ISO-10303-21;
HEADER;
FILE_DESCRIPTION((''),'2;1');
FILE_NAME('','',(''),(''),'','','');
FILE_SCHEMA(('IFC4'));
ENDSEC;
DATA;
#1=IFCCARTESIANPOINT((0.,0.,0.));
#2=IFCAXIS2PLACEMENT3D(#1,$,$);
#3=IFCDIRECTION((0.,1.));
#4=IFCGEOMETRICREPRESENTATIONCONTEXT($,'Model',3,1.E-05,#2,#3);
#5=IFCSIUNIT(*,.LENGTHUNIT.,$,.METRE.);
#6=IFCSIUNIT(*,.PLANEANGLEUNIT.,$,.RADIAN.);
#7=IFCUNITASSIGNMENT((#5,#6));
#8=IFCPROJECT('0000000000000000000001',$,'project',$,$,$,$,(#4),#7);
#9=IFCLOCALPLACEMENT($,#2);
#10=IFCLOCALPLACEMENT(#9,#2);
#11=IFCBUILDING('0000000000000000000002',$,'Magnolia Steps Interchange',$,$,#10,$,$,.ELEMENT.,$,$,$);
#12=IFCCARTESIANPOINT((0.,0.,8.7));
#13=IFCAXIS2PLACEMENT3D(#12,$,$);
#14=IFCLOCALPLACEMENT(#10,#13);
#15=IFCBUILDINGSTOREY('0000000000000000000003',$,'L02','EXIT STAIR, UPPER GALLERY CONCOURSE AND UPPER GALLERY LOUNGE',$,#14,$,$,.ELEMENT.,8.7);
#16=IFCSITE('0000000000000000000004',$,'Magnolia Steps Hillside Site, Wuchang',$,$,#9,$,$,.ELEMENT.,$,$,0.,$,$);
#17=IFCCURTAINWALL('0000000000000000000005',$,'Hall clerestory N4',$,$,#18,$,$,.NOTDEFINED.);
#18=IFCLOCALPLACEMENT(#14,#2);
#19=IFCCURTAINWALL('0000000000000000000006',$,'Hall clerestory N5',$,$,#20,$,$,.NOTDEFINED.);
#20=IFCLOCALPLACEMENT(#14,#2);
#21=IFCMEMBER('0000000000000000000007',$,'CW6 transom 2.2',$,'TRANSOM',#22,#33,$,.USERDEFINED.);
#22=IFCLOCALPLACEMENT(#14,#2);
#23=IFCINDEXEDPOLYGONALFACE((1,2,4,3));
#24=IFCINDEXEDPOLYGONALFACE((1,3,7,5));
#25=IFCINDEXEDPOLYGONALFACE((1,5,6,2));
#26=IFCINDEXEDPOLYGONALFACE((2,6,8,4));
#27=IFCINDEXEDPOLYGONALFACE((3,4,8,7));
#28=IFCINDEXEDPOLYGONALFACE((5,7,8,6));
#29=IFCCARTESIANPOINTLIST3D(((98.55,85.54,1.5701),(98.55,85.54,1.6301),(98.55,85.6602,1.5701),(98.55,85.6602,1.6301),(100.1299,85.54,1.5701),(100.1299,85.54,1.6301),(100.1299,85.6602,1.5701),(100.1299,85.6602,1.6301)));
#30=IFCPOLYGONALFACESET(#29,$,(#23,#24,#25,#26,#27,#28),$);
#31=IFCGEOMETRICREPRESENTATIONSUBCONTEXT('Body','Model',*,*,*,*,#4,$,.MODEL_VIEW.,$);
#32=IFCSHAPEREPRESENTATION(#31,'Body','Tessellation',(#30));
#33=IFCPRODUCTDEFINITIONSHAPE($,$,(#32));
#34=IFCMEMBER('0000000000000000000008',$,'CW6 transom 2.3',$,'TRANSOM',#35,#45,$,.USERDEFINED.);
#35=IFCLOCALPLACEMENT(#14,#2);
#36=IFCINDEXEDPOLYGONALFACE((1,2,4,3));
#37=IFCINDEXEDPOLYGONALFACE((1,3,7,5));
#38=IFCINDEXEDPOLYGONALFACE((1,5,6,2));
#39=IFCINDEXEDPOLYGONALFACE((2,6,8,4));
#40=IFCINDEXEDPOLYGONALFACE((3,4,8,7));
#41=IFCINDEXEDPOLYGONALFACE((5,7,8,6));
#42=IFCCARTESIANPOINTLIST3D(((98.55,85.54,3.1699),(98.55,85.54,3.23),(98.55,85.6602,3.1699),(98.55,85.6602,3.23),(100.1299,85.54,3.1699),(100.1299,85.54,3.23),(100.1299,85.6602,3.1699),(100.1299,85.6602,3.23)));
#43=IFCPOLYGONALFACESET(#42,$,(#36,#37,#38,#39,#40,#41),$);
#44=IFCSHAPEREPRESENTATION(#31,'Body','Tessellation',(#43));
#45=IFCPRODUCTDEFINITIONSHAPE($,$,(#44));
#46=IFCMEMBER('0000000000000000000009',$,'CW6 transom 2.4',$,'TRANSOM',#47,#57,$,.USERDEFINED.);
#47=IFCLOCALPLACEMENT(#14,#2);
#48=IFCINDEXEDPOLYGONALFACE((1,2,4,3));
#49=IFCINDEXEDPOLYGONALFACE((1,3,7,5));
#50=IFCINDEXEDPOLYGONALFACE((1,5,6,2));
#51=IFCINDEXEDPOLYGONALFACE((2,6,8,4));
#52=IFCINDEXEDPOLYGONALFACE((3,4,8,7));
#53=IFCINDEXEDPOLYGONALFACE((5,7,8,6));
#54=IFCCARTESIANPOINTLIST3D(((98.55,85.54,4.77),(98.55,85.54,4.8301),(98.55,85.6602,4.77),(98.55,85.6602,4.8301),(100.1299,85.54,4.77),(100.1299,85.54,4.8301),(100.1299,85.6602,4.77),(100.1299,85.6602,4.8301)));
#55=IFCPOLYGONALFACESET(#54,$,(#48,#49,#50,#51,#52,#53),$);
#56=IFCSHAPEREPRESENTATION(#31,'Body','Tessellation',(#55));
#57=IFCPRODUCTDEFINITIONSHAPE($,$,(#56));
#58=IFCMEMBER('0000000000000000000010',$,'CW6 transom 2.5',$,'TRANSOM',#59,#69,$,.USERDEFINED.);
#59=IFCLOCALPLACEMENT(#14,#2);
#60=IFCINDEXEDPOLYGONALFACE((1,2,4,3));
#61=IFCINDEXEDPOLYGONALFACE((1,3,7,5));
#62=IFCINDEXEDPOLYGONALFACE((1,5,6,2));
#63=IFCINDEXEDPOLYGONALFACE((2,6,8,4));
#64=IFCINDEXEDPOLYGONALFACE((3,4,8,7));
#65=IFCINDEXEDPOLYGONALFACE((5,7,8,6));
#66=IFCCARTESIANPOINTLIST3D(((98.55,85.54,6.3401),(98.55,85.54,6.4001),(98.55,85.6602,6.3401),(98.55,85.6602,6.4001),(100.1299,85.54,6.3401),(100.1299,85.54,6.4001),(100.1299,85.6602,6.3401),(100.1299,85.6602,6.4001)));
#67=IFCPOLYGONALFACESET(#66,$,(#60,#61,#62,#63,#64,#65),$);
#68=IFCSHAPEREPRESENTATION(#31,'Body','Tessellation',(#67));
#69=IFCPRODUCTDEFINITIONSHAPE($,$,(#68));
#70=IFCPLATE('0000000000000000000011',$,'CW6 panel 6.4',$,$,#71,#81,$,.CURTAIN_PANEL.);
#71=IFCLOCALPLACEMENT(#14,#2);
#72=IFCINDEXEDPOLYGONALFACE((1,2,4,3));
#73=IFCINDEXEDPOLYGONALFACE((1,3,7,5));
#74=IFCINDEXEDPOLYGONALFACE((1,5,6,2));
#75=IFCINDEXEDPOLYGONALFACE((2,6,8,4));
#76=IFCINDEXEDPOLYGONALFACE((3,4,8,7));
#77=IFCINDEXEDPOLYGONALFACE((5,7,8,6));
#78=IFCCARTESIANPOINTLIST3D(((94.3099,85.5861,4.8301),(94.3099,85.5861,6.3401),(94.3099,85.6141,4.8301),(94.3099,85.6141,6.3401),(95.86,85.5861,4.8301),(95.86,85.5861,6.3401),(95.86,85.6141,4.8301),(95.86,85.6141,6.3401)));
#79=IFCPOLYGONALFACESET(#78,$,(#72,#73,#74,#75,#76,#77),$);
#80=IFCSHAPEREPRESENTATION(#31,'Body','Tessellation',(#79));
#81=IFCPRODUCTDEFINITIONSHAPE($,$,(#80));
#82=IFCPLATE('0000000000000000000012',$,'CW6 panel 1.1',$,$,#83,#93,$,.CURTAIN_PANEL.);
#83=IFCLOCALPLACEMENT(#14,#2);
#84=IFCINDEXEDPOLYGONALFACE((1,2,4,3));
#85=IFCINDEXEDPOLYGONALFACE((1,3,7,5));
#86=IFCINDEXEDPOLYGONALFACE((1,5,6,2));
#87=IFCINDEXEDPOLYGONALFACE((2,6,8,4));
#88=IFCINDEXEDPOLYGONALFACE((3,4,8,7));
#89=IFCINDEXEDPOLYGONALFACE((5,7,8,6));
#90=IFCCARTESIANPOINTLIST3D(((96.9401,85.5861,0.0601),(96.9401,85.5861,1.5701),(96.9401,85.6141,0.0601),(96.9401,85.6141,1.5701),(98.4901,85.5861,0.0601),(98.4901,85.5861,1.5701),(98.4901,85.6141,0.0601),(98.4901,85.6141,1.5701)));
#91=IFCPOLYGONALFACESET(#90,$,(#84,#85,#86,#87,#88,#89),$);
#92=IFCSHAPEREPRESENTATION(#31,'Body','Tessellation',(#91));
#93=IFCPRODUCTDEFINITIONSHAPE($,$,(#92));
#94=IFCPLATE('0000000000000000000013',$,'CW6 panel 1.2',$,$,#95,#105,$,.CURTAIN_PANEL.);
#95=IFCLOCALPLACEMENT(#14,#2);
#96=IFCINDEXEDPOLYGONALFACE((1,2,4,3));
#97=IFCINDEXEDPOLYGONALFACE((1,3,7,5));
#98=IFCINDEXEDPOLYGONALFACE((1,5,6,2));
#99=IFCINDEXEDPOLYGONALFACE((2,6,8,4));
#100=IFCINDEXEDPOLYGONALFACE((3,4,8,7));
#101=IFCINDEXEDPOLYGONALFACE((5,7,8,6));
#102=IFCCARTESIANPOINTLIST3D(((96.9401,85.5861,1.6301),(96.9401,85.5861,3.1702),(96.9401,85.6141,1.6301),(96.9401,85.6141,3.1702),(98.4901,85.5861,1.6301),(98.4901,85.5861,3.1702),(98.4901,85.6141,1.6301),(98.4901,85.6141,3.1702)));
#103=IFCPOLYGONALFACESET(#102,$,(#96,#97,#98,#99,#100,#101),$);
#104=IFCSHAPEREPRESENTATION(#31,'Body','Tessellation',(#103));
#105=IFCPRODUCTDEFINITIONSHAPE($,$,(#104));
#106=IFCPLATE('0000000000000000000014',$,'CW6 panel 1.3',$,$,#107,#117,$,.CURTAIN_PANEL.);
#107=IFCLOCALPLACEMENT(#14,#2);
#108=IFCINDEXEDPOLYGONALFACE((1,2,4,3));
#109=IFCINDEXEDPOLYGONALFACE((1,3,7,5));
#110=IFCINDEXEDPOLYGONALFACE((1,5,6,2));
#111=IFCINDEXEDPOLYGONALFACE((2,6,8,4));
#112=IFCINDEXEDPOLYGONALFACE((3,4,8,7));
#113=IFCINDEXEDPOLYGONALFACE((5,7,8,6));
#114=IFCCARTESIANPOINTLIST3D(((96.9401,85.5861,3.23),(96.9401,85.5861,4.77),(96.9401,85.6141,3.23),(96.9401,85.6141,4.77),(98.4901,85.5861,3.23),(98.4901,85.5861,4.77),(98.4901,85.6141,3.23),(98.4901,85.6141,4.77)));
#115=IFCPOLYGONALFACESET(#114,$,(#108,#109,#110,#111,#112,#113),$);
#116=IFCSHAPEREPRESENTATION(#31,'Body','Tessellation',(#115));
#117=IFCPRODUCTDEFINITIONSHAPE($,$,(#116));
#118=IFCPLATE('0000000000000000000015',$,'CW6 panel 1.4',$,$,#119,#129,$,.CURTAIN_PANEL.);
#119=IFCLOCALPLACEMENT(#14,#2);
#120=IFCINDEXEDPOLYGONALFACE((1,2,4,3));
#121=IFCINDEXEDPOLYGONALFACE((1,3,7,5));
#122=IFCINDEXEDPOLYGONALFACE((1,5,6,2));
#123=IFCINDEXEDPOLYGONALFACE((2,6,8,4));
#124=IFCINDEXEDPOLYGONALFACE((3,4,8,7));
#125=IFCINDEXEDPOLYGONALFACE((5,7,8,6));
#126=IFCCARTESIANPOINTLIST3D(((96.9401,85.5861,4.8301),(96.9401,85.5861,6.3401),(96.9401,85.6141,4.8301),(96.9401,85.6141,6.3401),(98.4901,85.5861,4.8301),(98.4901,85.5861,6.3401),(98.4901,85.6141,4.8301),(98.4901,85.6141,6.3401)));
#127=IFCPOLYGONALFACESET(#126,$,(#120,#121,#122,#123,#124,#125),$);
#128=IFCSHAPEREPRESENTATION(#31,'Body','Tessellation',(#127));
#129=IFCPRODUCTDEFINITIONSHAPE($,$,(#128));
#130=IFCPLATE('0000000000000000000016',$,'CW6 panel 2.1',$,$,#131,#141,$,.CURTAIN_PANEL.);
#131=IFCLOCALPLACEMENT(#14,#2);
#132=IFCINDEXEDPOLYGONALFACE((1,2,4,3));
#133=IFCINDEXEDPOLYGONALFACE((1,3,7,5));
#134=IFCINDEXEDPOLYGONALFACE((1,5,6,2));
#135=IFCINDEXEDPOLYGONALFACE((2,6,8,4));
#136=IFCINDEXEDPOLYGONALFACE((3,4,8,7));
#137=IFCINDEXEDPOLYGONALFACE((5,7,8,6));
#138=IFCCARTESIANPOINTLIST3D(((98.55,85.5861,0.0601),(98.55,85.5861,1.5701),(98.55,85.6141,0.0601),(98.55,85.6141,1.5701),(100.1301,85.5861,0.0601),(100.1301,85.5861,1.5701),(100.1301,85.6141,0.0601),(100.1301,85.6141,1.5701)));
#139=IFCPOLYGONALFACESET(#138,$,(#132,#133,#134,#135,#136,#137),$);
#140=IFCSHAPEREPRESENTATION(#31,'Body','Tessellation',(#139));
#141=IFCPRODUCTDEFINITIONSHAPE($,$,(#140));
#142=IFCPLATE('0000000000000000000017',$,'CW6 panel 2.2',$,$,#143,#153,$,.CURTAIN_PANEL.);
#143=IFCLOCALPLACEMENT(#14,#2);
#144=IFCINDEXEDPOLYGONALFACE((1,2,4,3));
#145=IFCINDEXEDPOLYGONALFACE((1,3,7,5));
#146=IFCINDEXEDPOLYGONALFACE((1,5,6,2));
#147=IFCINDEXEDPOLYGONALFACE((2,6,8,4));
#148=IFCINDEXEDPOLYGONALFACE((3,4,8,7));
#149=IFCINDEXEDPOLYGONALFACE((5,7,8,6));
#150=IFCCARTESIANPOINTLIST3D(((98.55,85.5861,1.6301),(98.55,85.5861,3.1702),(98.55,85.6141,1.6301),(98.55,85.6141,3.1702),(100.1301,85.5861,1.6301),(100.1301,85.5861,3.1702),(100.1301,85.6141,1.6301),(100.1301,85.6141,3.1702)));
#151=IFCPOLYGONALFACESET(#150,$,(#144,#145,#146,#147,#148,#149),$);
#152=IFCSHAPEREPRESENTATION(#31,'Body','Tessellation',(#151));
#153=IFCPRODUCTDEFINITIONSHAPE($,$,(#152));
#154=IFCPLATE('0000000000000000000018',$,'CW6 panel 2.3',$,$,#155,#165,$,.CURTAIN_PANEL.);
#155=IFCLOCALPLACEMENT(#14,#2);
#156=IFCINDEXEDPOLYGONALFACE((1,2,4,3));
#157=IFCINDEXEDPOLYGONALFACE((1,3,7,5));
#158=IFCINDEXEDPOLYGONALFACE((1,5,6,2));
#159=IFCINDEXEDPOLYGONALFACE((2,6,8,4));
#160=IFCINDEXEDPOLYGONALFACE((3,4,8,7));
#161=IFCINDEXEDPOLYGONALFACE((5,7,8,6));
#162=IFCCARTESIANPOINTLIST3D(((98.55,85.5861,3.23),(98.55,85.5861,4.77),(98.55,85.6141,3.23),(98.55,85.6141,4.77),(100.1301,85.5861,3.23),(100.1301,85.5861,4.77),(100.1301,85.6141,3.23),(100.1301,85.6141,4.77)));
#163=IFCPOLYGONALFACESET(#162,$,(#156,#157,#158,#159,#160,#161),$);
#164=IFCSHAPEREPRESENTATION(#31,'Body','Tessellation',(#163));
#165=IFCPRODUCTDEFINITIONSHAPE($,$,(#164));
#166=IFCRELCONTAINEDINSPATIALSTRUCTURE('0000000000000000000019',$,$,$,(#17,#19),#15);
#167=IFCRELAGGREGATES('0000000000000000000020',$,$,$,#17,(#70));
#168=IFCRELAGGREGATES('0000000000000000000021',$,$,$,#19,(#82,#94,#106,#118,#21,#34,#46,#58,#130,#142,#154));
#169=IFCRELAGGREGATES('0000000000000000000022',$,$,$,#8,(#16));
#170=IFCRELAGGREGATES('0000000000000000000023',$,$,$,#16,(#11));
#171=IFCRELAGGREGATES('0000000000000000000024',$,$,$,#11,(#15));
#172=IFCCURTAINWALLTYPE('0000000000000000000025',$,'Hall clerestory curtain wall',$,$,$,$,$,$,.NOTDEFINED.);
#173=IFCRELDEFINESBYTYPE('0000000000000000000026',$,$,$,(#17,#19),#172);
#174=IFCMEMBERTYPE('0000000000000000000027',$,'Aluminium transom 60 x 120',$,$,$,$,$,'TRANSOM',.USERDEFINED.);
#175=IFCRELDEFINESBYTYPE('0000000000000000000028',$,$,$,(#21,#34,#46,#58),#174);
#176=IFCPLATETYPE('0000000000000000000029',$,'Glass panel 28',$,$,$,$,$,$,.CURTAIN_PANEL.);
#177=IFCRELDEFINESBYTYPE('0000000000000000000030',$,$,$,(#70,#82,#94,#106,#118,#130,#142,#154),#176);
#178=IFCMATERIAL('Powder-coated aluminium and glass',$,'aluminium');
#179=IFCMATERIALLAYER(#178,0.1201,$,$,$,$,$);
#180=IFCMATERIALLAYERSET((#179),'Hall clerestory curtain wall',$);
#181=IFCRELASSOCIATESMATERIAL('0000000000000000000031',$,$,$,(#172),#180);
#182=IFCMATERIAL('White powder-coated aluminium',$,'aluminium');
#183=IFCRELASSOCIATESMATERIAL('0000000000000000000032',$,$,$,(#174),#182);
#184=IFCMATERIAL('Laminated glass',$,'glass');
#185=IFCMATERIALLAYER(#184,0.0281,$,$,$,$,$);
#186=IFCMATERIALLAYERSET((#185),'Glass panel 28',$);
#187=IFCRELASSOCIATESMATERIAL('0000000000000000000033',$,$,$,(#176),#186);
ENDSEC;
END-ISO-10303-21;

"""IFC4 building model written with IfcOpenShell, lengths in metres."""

from ifc_helpers import new_model, si_unit, direction, frame, origin, origin_2d, place, context, subcontext, project, spatial, rectangle, extrude, material, layer, layer_set, material_profile, profile_set, type_object, element, aggregate, save


model = new_model("IFC4")

# Units and contexts
model_context = context("Model", 3, precision=1e-05, world=origin(), true_north=direction((0.0, 1.0)))
body_context = subcontext(model_context, "Body", "Model", "MODEL_VIEW")
ifc_project = project(units=[si_unit("LENGTHUNIT", "METRE"), si_unit("PLANEANGLEUNIT", "RADIAN")], contexts=[model_context])

# Site, building, storey
site_placement = place(None, origin())
site = spatial("IfcSite", under=ifc_project, at=site_placement, Name="Magnolia Steps Hillside Site, Wuchang", CompositionType="ELEMENT", RefElevation=0.0)
building_placement = place(site_placement, origin())
building = spatial("IfcBuilding", under=site, at=building_placement, Name="Magnolia Steps Interchange", CompositionType="ELEMENT")
storey_placement = place(building_placement, frame((0.0, 0.0, 8.7)))
storey = spatial("IfcBuildingStorey", under=building, at=storey_placement, Name="L02", Description="EXIT STAIR, UPPER GALLERY CONCOURSE AND UPPER GALLERY LOUNGE", CompositionType="ELEMENT", Elevation=8.7)

# Curtain wall
ifc_material_1 = material(Name="Powder-coated aluminium and glass", Category="aluminium")
ifc_layer_1 = layer(ifc_material_1, 0.1201)
ifc_layer_set_1 = layer_set([ifc_layer_1], Name="Hall clerestory curtain wall")
curtain_wall_type = type_object("IfcCurtainWallType", Name="Hall clerestory curtain wall", PredefinedType="NOTDEFINED", material=ifc_layer_set_1)
curtain_wall_1_placement = place(storey_placement, origin())
curtain_wall_1 = element("IfcCurtainWall", 1, at=curtain_wall_1_placement, inside=storey, type_object=curtain_wall_type, Name="Hall clerestory N4", PredefinedType="NOTDEFINED")

# Curtain wall, members
curtain_wall_2_placement = place(storey_placement, origin())
curtain_wall_2 = element("IfcCurtainWall", 2, at=curtain_wall_2_placement, inside=storey, type_object=curtain_wall_type, Name="Hall clerestory N5", PredefinedType="NOTDEFINED")
ifc_material_2 = material(Name="White powder-coated aluminium", Category="aluminium")
ifc_material_profile_1 = material_profile(ifc_material_2, rectangle(XDim=0.0601, YDim=0.1201, at=origin_2d()), Name="Aluminium transom 60 x 120")
ifc_profile_set_1 = profile_set([ifc_material_profile_1], Name="White powder-coated aluminium")
member_type_1 = type_object("IfcMemberType", Name="Aluminium transom 60 x 120", ElementType="TRANSOM", PredefinedType="USERDEFINED", material=ifc_profile_set_1)
member_1_placement = place(storey_placement, frame((98.55, 85.6001, 1.6001), z_axis=(1.0, 0.0, 0.0), x_axis=(0.0, 0.0, 1.0)))
member_1 = element("IfcMember", 3, at=member_1_placement, type_object=member_type_1, Name="CW6 transom 2.2", ObjectType="TRANSOM", PredefinedType="USERDEFINED", context=body_context, shape_type="SweptSolid", body=[
    extrude(rectangle(XDim=0.0601, YDim=0.1201, at=origin_2d()), origin(), (0.0, 0.0, 1.0), 1.5798),
])
member_2_placement = place(storey_placement, frame((98.55, 85.6001, 3.2), z_axis=(1.0, 0.0, 0.0), x_axis=(0.0, 0.0, 1.0)))
member_2 = element("IfcMember", 4, at=member_2_placement, type_object=member_type_1, Name="CW6 transom 2.3", ObjectType="TRANSOM", PredefinedType="USERDEFINED", context=body_context, shape_type="SweptSolid", body=[
    extrude(rectangle(XDim=0.0601, YDim=0.1201, at=origin_2d()), origin(), (0.0, 0.0, 1.0), 1.5798),
])
member_3_placement = place(storey_placement, frame((98.55, 85.6001, 4.8), z_axis=(1.0, 0.0, 0.0), x_axis=(0.0, 0.0, 1.0)))
member_3 = element("IfcMember", 5, at=member_3_placement, type_object=member_type_1, Name="CW6 transom 2.4", ObjectType="TRANSOM", PredefinedType="USERDEFINED", context=body_context, shape_type="SweptSolid", body=[
    extrude(rectangle(XDim=0.0601, YDim=0.1201, at=origin_2d()), origin(), (0.0, 0.0, 1.0), 1.5798),
])
member_4_placement = place(storey_placement, frame((98.55, 85.6001, 6.3701), z_axis=(1.0, 0.0, 0.0), x_axis=(0.0, 0.0, 1.0)))
member_4 = element("IfcMember", 6, at=member_4_placement, type_object=member_type_1, Name="CW6 transom 2.5", ObjectType="TRANSOM", PredefinedType="USERDEFINED", context=body_context, shape_type="SweptSolid", body=[
    extrude(rectangle(XDim=0.0601, YDim=0.1201, at=origin_2d()), origin(), (0.0, 0.0, 1.0), 1.5798),
])

# Plates
ifc_material_3 = material(Name="Laminated glass", Category="glass")
ifc_layer_2 = layer(ifc_material_3, 0.0281)
ifc_layer_set_2 = layer_set([ifc_layer_2], Name="Glass panel 28")
plate_type = type_object("IfcPlateType", Name="Glass panel 28", PredefinedType="CURTAIN_PANEL", material=ifc_layer_set_2)
plate_1_placement = place(storey_placement, frame((95.085, 85.6001, 4.8301), z_axis=(0.0, 0.0, 1.0), x_axis=(1.0, 0.0, 0.0)))
plate_1 = element("IfcPlate", 7, at=plate_1_placement, type_object=plate_type, Name="CW6 panel 6.4", PredefinedType="CURTAIN_PANEL", context=body_context, shape_type="SweptSolid", body=[
    extrude(rectangle(XDim=1.55, YDim=0.0281, at=origin_2d()), origin(), (0.0, 0.0, 1.0), 1.51),
])
aggregate(curtain_wall_1, [plate_1])
plate_2_placement = place(storey_placement, frame((97.7151, 85.6001, 0.0601), z_axis=(0.0, 0.0, 1.0), x_axis=(1.0, 0.0, 0.0)))
plate_2 = element("IfcPlate", 8, at=plate_2_placement, type_object=plate_type, Name="CW6 panel 1.1", PredefinedType="CURTAIN_PANEL", context=body_context, shape_type="SweptSolid", body=[
    extrude(rectangle(XDim=1.55, YDim=0.0281, at=origin_2d()), origin(), (0.0, 0.0, 1.0), 1.51),
])
plate_3_placement = place(storey_placement, frame((97.7151, 85.6001, 1.6301), z_axis=(0.0, 0.0, 1.0), x_axis=(1.0, 0.0, 0.0)))
plate_3 = element("IfcPlate", 9, at=plate_3_placement, type_object=plate_type, Name="CW6 panel 1.2", PredefinedType="CURTAIN_PANEL", context=body_context, shape_type="SweptSolid", body=[
    extrude(rectangle(XDim=1.55, YDim=0.0281, at=origin_2d()), origin(), (0.0, 0.0, 1.0), 1.54),
])
plate_4_placement = place(storey_placement, frame((97.7151, 85.6001, 3.23), z_axis=(0.0, 0.0, 1.0), x_axis=(1.0, 0.0, 0.0)))
plate_4 = element("IfcPlate", 10, at=plate_4_placement, type_object=plate_type, Name="CW6 panel 1.3", PredefinedType="CURTAIN_PANEL", context=body_context, shape_type="SweptSolid", body=[
    extrude(rectangle(XDim=1.55, YDim=0.0281, at=origin_2d()), origin(), (0.0, 0.0, 1.0), 1.54),
])
plate_5_placement = place(storey_placement, frame((97.7151, 85.6001, 4.8301), z_axis=(0.0, 0.0, 1.0), x_axis=(1.0, 0.0, 0.0)))
plate_5 = element("IfcPlate", 11, at=plate_5_placement, type_object=plate_type, Name="CW6 panel 1.4", PredefinedType="CURTAIN_PANEL", context=body_context, shape_type="SweptSolid", body=[
    extrude(rectangle(XDim=1.55, YDim=0.0281, at=origin_2d()), origin(), (0.0, 0.0, 1.0), 1.51),
])
plate_6_placement = place(storey_placement, frame((99.3401, 85.6001, 0.0601), z_axis=(0.0, 0.0, 1.0), x_axis=(1.0, 0.0, 0.0)))
plate_6 = element("IfcPlate", 12, at=plate_6_placement, type_object=plate_type, Name="CW6 panel 2.1", PredefinedType="CURTAIN_PANEL", context=body_context, shape_type="SweptSolid", body=[
    extrude(rectangle(XDim=1.5801, YDim=0.0281, at=origin_2d()), origin(), (0.0, 0.0, 1.0), 1.51),
])
plate_7_placement = place(storey_placement, frame((99.3401, 85.6001, 1.6301), z_axis=(0.0, 0.0, 1.0), x_axis=(1.0, 0.0, 0.0)))
plate_7 = element("IfcPlate", 13, at=plate_7_placement, type_object=plate_type, Name="CW6 panel 2.2", PredefinedType="CURTAIN_PANEL", context=body_context, shape_type="SweptSolid", body=[
    extrude(rectangle(XDim=1.5801, YDim=0.0281, at=origin_2d()), origin(), (0.0, 0.0, 1.0), 1.54),
])
plate_8_placement = place(storey_placement, frame((99.3401, 85.6001, 3.23), z_axis=(0.0, 0.0, 1.0), x_axis=(1.0, 0.0, 0.0)))
plate_8 = element("IfcPlate", 14, at=plate_8_placement, type_object=plate_type, Name="CW6 panel 2.3", PredefinedType="CURTAIN_PANEL", context=body_context, shape_type="SweptSolid", body=[
    extrude(rectangle(XDim=1.5801, YDim=0.0281, at=origin_2d()), origin(), (0.0, 0.0, 1.0), 1.54),
])
aggregate(curtain_wall_2, [plate_2, plate_3, plate_4, plate_5, member_1, member_2, member_3, member_4, plate_6, plate_7, plate_8])

save(model, "model.ifc")
